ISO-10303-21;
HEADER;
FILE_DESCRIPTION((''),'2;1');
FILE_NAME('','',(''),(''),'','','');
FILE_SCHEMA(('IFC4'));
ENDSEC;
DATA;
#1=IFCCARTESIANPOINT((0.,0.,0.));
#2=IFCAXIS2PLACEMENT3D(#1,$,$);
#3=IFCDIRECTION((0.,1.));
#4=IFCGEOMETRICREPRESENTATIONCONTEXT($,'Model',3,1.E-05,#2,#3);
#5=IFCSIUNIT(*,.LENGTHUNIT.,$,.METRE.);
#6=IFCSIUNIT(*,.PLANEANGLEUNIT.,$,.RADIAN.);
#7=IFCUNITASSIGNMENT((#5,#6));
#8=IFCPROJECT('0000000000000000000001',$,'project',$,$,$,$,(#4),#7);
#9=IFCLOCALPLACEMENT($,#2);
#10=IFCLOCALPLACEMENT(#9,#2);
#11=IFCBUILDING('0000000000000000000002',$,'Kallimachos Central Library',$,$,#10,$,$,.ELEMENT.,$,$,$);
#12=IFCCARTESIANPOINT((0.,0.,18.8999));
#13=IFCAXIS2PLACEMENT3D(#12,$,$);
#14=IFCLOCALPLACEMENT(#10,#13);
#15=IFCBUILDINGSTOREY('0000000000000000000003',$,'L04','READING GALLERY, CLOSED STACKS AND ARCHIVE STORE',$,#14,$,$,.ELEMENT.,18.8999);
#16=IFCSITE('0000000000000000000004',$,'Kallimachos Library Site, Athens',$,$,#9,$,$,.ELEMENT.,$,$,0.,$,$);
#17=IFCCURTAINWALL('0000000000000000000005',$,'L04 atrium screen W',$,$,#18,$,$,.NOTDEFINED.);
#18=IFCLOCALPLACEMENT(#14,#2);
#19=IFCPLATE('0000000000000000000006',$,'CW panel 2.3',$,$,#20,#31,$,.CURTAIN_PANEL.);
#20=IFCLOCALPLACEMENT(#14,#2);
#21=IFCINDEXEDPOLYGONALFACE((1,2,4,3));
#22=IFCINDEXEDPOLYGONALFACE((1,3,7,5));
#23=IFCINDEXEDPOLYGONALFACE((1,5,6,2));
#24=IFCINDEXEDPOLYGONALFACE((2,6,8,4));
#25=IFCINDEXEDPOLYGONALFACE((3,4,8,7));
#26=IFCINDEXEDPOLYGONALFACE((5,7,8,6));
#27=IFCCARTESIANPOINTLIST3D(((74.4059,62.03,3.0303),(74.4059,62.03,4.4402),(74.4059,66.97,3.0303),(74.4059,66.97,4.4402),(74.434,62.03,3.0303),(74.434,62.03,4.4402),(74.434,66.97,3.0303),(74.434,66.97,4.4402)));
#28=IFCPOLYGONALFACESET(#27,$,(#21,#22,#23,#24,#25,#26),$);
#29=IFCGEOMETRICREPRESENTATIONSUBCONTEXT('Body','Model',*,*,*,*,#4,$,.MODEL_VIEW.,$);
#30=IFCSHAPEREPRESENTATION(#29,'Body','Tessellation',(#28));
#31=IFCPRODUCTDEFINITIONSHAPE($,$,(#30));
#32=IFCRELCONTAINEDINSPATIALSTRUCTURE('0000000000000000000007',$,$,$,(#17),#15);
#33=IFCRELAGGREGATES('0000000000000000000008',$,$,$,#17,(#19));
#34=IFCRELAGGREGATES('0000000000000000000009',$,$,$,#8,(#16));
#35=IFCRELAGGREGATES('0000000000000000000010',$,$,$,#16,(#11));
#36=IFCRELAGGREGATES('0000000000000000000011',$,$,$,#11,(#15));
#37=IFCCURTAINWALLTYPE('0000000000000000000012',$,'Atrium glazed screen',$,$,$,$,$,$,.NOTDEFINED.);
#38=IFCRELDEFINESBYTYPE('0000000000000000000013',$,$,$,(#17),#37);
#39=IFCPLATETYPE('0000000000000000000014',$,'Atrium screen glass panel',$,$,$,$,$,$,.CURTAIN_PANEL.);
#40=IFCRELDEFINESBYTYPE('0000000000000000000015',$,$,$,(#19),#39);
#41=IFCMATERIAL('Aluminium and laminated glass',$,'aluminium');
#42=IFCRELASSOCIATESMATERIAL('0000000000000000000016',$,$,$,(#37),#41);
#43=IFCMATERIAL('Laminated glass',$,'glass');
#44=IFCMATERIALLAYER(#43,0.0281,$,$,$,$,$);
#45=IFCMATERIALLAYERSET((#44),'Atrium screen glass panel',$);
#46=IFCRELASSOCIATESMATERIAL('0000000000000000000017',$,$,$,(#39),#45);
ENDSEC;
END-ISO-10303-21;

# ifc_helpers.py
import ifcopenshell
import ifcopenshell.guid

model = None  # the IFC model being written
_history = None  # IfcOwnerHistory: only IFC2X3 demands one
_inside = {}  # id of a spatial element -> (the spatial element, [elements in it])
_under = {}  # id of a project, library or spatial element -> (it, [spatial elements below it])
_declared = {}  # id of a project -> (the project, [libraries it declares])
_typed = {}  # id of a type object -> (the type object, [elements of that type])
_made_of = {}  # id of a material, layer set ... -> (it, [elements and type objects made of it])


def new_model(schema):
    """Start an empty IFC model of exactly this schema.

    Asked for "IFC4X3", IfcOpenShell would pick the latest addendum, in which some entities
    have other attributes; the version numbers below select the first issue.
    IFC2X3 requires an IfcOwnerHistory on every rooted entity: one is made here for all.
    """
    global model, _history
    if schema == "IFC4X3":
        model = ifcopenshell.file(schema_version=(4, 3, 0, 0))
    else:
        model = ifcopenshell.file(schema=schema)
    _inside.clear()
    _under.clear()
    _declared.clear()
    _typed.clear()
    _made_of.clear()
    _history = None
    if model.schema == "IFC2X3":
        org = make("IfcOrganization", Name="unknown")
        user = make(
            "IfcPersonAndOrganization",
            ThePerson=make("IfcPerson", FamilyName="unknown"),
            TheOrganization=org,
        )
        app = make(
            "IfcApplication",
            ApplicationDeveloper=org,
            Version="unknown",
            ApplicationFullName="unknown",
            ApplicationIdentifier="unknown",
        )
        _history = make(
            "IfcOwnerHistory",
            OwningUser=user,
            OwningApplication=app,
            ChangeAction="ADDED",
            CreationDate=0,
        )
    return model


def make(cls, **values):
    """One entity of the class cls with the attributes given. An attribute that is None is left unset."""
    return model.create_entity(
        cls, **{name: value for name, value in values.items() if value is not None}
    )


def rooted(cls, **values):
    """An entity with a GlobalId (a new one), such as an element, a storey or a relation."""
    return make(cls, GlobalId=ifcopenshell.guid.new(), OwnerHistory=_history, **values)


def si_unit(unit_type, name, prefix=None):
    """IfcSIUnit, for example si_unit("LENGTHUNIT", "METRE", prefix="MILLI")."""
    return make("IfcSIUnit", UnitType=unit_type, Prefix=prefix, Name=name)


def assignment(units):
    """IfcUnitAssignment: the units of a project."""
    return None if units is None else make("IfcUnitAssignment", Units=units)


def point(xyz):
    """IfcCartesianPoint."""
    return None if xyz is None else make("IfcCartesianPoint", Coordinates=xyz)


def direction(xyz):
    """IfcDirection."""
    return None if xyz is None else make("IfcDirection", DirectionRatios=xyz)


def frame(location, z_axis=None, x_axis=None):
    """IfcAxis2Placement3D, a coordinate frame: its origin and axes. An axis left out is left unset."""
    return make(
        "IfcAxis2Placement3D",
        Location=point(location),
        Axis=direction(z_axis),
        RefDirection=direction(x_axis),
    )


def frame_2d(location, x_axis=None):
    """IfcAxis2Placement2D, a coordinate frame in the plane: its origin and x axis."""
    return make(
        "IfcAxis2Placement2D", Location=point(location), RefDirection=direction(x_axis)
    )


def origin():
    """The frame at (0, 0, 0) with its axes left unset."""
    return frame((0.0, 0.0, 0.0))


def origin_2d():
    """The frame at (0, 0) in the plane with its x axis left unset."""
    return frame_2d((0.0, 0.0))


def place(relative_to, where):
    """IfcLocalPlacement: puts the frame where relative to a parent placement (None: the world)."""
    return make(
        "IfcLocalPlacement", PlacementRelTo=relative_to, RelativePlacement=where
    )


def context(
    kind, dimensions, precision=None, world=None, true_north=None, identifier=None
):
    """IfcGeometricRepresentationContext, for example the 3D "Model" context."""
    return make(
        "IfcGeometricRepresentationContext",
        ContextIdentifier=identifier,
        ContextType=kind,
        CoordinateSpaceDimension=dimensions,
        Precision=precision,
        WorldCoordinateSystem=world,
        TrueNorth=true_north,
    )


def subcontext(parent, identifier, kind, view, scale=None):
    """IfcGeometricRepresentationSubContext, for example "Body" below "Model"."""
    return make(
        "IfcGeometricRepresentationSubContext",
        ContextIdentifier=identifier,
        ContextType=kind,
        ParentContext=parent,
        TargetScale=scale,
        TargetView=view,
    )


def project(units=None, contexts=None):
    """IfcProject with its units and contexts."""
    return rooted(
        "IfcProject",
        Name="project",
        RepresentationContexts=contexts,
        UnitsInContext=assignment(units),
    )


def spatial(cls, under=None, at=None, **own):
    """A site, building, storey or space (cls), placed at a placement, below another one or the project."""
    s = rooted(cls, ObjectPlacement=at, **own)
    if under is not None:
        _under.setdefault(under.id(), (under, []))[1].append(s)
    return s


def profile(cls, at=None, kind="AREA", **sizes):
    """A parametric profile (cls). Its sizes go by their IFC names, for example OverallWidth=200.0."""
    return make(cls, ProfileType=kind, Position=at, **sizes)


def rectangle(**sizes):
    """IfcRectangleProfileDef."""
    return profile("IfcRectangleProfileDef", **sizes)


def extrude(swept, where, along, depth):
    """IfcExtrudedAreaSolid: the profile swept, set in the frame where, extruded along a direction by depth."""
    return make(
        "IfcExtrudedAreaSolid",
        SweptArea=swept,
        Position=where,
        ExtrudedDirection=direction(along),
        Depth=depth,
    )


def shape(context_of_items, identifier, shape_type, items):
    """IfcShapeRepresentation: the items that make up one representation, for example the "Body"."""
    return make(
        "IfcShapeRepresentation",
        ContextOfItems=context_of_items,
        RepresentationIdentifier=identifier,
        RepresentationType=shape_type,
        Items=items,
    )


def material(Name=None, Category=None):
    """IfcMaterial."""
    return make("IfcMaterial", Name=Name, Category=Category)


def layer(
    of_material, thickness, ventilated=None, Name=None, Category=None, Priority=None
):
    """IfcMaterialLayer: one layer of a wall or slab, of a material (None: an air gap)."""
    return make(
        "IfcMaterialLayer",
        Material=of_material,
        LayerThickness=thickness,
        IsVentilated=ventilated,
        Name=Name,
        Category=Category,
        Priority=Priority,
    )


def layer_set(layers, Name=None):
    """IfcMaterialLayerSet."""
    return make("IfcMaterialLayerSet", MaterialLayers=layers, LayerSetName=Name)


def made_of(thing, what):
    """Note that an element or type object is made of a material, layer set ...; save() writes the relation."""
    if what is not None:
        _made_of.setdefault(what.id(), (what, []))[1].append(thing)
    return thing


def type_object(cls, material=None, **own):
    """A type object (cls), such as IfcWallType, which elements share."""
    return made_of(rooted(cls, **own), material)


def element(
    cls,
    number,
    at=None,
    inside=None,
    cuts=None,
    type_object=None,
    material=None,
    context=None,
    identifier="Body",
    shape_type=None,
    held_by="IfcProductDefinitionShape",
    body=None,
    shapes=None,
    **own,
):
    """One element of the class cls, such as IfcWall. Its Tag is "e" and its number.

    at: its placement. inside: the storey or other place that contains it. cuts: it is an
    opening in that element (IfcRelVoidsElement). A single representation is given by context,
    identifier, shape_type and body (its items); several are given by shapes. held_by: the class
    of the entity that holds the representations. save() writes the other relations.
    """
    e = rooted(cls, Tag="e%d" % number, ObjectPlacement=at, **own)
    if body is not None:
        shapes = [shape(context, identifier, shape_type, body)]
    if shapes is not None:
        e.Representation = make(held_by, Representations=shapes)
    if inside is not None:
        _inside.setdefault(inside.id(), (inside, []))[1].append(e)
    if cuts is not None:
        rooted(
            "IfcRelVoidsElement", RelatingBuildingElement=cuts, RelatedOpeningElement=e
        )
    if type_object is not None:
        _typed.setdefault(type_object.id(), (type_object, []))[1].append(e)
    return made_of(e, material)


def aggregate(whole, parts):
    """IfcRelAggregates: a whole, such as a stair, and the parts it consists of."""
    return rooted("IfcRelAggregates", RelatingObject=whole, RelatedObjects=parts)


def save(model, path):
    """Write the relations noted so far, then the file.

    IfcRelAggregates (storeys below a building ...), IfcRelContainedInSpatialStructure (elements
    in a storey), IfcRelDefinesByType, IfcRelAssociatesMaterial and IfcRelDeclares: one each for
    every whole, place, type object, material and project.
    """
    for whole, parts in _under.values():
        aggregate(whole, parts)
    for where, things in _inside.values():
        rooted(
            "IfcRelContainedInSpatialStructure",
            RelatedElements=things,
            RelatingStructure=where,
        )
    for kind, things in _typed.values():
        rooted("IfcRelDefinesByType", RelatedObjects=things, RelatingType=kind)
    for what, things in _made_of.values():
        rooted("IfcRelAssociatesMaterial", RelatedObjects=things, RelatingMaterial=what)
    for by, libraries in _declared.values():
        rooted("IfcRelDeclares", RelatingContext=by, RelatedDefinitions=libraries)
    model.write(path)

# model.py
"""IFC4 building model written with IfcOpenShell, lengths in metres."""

from ifc_helpers import new_model, si_unit, direction, frame, origin, origin_2d, place, context, subcontext, project, spatial, rectangle, extrude, material, layer, layer_set, type_object, element, aggregate, save


model = new_model("IFC4")

# Units and contexts
model_context = context("Model", 3, precision=1e-05, world=origin(), true_north=direction((0.0, 1.0)))
body_context = subcontext(model_context, "Body", "Model", "MODEL_VIEW")
ifc_project = project(units=[si_unit("LENGTHUNIT", "METRE"), si_unit("PLANEANGLEUNIT", "RADIAN")], contexts=[model_context])

# Site, building, storey
site_placement = place(None, origin())
site = spatial("IfcSite", under=ifc_project, at=site_placement, Name="Kallimachos Library Site, Athens", CompositionType="ELEMENT", RefElevation=0.0)
building_placement = place(site_placement, origin())
building = spatial("IfcBuilding", under=site, at=building_placement, Name="Kallimachos Central Library", CompositionType="ELEMENT")
storey_placement = place(building_placement, frame((0.0, 0.0, 18.8999)))
storey = spatial("IfcBuildingStorey", under=building, at=storey_placement, Name="L04", Description="READING GALLERY, CLOSED STACKS AND ARCHIVE STORE", CompositionType="ELEMENT", Elevation=18.8999)

# Curtain wall
ifc_material_1 = material(Name="Aluminium and laminated glass", Category="aluminium")
curtain_wall_type = type_object("IfcCurtainWallType", Name="Atrium glazed screen", PredefinedType="NOTDEFINED", material=ifc_material_1)
curtain_wall_1_placement = place(storey_placement, origin())
curtain_wall_1 = element("IfcCurtainWall", 1, at=curtain_wall_1_placement, inside=storey, type_object=curtain_wall_type, Name="L04 atrium screen W", PredefinedType="NOTDEFINED")

# Plate
ifc_material_2 = material(Name="Laminated glass", Category="glass")
ifc_layer = layer(ifc_material_2, 0.0281)
ifc_layer_set = layer_set([ifc_layer], Name="Atrium screen glass panel")
plate_type = type_object("IfcPlateType", Name="Atrium screen glass panel", PredefinedType="CURTAIN_PANEL", material=ifc_layer_set)
plate_1_placement = place(storey_placement, frame((74.4199, 64.5, 3.0303), z_axis=(0.0, 0.0, 1.0), x_axis=(0.0, 1.0, 0.0)))
plate_1 = element("IfcPlate", 2, at=plate_1_placement, type_object=plate_type, Name="CW panel 2.3", PredefinedType="CURTAIN_PANEL", context=body_context, shape_type="SweptSolid", body=[
    extrude(rectangle(XDim=4.9399, YDim=0.0281, at=origin_2d()), origin(), (0.0, 0.0, 1.0), 1.4099),
])
aggregate(curtain_wall_1, [plate_1])

save(model, "model.ifc")
